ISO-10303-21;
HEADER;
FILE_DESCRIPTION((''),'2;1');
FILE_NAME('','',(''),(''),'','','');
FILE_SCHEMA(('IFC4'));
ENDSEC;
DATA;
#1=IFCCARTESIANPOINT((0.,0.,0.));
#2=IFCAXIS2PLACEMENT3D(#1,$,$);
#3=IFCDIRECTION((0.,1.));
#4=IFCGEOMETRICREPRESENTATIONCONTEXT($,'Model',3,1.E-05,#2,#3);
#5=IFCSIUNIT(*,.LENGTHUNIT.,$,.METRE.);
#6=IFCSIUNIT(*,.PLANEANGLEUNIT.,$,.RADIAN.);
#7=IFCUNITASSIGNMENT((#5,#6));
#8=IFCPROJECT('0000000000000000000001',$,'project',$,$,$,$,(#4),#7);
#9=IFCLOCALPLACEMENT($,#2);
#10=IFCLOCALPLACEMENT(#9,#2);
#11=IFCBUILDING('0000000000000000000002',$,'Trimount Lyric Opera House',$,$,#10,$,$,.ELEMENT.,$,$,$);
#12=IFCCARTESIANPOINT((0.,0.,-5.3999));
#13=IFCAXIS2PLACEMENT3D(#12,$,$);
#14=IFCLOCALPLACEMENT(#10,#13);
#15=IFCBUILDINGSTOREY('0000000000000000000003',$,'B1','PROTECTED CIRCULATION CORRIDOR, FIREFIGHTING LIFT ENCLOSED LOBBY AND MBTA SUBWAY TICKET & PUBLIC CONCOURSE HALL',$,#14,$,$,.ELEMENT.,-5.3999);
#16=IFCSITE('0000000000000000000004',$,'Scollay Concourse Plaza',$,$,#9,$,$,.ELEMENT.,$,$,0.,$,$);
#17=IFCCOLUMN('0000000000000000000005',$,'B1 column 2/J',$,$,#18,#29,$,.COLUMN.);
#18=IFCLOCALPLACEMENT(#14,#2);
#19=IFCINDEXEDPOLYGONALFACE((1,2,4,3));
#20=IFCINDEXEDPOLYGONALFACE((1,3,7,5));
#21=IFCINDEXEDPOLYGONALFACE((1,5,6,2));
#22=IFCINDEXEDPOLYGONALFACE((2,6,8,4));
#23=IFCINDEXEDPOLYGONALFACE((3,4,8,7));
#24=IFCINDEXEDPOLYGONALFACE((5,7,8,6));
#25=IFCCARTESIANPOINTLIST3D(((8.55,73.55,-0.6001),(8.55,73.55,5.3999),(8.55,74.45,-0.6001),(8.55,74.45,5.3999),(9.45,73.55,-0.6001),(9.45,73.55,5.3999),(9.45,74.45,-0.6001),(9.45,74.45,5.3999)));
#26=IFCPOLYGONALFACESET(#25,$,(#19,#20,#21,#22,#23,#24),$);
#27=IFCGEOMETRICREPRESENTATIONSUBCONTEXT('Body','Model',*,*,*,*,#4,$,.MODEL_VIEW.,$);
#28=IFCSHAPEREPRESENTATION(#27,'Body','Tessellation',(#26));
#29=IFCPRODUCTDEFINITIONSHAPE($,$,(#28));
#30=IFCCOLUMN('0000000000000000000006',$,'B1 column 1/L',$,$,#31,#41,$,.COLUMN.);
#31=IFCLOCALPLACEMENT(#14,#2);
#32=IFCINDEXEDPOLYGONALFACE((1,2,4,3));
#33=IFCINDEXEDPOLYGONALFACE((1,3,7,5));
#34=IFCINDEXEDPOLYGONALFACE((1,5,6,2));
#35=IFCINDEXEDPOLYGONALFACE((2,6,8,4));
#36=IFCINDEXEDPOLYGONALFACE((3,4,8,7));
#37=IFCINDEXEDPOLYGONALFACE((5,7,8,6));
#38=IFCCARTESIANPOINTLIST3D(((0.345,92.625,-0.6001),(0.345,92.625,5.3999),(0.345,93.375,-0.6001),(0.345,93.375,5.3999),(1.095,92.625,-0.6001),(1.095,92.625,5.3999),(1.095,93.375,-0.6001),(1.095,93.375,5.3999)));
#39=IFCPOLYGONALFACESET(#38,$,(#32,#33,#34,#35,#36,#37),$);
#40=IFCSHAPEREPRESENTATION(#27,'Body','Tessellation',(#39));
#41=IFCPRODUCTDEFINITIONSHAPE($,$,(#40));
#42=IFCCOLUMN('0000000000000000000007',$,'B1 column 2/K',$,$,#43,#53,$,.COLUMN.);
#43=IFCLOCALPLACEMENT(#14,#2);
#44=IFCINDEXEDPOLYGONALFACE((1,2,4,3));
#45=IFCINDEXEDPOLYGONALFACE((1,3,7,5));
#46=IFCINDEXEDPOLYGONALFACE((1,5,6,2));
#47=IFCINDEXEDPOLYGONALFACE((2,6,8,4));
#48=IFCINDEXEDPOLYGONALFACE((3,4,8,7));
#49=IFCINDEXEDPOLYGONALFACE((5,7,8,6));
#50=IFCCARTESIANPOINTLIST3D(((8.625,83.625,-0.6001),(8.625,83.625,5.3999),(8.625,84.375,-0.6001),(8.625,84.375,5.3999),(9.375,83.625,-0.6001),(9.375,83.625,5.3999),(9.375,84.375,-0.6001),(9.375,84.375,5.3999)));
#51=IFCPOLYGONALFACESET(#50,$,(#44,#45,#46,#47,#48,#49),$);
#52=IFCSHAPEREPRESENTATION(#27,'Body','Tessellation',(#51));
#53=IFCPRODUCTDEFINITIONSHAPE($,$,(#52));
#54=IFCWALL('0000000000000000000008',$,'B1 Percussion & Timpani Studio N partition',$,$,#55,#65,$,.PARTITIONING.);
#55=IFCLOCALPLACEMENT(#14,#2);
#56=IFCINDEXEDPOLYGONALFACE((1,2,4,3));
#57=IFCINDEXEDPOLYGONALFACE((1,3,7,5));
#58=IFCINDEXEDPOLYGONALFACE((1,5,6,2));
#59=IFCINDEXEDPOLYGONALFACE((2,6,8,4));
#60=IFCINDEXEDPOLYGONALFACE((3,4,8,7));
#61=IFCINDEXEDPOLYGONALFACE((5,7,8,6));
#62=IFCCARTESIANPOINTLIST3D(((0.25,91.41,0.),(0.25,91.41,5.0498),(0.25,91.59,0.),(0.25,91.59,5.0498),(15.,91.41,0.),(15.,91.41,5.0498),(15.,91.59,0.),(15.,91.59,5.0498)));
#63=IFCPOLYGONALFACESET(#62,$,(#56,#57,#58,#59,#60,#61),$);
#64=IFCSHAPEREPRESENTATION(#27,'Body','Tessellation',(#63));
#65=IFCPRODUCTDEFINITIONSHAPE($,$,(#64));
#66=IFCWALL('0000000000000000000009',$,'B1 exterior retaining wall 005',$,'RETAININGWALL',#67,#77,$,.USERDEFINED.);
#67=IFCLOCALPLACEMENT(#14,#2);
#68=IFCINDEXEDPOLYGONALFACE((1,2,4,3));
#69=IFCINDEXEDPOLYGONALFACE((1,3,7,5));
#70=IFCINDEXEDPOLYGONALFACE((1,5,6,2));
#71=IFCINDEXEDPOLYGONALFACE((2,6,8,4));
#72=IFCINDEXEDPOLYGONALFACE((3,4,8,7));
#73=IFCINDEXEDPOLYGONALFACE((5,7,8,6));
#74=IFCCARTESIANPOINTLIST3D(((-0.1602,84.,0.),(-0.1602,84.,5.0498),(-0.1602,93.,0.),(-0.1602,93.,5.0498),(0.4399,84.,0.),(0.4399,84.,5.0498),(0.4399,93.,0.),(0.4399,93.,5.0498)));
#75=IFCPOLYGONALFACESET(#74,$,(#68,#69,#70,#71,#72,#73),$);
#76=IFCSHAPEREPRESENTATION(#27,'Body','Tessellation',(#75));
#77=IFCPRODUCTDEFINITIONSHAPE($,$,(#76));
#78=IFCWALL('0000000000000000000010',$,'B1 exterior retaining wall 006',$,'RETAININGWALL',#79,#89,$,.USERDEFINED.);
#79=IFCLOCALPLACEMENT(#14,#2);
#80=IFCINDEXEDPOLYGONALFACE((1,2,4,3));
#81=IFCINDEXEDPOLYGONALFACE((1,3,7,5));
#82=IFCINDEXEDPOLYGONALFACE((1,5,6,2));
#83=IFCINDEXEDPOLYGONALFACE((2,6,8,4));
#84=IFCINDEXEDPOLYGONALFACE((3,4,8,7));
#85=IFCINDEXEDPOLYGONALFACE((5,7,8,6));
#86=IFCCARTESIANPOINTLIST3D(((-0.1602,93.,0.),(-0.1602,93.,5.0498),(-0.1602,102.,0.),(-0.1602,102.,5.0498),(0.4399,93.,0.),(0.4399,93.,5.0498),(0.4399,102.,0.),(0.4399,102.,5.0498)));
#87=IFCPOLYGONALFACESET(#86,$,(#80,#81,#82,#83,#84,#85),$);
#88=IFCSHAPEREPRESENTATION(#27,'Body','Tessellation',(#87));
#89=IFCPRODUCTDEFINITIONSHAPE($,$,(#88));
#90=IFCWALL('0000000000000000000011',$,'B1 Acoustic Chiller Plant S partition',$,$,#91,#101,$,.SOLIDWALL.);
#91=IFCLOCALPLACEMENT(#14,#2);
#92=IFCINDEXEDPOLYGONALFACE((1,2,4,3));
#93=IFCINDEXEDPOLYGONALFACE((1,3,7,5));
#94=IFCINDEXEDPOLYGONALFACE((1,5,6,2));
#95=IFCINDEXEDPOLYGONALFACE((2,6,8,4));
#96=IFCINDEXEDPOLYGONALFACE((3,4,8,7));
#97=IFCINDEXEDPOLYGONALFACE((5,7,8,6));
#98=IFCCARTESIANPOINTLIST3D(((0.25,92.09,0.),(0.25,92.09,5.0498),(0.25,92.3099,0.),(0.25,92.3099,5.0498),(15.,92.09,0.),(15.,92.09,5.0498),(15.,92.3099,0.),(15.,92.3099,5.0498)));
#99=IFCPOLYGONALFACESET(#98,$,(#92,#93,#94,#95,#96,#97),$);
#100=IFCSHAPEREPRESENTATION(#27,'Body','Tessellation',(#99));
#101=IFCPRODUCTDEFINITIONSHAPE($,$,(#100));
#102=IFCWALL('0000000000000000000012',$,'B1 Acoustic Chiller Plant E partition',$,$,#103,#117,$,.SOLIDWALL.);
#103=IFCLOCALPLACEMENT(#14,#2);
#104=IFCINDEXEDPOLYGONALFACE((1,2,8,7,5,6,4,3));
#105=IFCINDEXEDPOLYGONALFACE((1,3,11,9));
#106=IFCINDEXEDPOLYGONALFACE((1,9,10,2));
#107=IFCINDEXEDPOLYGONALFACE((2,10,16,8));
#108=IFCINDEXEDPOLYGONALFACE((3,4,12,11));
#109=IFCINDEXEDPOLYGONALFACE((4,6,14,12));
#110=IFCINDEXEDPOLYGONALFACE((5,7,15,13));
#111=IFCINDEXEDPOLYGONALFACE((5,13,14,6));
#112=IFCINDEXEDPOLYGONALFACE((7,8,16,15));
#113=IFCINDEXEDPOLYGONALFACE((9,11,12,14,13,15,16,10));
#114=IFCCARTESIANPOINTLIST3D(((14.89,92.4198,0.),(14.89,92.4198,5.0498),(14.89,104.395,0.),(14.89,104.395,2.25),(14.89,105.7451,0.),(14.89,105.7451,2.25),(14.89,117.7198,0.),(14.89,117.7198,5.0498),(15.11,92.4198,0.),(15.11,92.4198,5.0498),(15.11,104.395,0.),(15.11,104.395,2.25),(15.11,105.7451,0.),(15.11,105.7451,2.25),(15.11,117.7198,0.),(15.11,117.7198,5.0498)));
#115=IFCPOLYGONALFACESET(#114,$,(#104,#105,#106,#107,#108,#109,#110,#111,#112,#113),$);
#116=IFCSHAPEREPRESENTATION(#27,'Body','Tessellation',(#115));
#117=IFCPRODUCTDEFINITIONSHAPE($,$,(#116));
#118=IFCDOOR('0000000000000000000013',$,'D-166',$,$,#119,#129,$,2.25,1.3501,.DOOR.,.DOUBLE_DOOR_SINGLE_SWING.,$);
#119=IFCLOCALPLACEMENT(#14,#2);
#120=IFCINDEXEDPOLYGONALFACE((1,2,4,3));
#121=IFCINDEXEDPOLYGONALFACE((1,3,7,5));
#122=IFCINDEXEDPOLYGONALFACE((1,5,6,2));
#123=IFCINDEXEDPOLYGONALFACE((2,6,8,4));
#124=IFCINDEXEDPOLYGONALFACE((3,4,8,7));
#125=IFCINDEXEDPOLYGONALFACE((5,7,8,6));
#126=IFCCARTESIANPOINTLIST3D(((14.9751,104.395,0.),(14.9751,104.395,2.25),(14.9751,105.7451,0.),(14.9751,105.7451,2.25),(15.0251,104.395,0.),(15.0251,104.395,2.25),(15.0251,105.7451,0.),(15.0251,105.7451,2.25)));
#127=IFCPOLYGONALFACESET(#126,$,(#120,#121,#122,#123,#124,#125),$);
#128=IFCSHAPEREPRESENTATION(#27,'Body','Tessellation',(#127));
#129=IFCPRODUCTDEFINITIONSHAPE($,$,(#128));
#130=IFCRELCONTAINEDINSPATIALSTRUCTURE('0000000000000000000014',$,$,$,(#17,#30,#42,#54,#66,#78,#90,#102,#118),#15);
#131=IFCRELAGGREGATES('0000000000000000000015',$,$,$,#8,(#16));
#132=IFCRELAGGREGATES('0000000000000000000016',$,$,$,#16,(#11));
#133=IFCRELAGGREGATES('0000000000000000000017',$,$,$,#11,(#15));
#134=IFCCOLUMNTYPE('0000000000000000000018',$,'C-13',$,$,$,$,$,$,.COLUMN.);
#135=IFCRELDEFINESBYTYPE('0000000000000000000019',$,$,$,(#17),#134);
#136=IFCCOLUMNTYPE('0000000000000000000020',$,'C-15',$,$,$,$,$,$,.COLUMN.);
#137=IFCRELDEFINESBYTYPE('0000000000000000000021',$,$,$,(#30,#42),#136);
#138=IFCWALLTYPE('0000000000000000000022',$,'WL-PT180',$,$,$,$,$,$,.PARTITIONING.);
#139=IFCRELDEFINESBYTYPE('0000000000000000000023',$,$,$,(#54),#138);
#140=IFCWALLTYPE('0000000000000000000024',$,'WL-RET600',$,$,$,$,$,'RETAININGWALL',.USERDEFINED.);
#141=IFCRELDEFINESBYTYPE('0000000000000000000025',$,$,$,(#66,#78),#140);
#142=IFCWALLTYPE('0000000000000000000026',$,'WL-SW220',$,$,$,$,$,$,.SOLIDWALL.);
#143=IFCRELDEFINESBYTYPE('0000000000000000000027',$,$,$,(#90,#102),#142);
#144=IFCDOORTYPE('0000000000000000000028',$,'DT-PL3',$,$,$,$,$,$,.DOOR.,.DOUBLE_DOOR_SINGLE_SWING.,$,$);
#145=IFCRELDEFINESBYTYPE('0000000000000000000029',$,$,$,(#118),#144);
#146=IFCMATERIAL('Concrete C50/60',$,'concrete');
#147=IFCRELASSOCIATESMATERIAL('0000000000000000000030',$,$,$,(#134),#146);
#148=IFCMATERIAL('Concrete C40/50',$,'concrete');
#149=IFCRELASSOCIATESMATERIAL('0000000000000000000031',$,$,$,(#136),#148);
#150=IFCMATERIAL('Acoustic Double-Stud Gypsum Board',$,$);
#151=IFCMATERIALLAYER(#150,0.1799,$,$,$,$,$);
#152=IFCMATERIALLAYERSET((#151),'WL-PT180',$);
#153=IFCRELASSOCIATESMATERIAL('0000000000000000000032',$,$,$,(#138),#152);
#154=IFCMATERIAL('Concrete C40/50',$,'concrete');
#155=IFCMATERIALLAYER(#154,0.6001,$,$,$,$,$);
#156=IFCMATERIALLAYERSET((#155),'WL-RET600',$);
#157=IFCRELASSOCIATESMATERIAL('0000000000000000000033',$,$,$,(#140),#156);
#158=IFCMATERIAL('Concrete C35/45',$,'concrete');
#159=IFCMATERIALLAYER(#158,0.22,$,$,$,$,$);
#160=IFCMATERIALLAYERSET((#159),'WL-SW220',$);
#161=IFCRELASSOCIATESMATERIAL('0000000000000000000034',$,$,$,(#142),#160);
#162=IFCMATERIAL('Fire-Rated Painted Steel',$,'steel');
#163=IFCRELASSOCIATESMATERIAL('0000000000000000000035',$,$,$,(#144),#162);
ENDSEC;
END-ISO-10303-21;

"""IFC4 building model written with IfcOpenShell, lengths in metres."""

from ifc_helpers import new_model, si_unit, direction, frame, frame_2d, origin, origin_2d, place, context, subcontext, project, spatial, rectangle, extrude, material, layer, layer_set, material_profile, profile_set, type_object, element, fill, save


model = new_model("IFC4")

# Units and contexts
model_context = context("Model", 3, precision=1e-05, world=origin(), true_north=direction((0.0, 1.0)))
body_context = subcontext(model_context, "Body", "Model", "MODEL_VIEW")
ifc_project = project(units=[si_unit("LENGTHUNIT", "METRE"), si_unit("PLANEANGLEUNIT", "RADIAN")], contexts=[model_context])

# Site, building, storey
site_placement = place(None, origin())
site = spatial("IfcSite", under=ifc_project, at=site_placement, Name="Scollay Concourse Plaza", CompositionType="ELEMENT", RefElevation=0.0)
building_placement = place(site_placement, origin())
building = spatial("IfcBuilding", under=site, at=building_placement, Name="Trimount Lyric Opera House", CompositionType="ELEMENT")
storey_placement = place(building_placement, frame((0.0, 0.0, -5.3999)))
storey = spatial("IfcBuildingStorey", under=building, at=storey_placement, Name="B1", Description="PROTECTED CIRCULATION CORRIDOR, FIREFIGHTING LIFT ENCLOSED LOBBY AND MBTA SUBWAY TICKET & PUBLIC CONCOURSE HALL", CompositionType="ELEMENT", Elevation=-5.3999)

# Columns
ifc_material_1 = material(Name="Concrete C50/60", Category="concrete")
ifc_material_profile_1 = material_profile(ifc_material_1, rectangle(XDim=0.8999, YDim=0.8999, at=origin_2d()), Name="RC900X900")
ifc_profile_set_1 = profile_set([ifc_material_profile_1], Name="Concrete C50/60")
column_type_1 = type_object("IfcColumnType", Name="C-13", PredefinedType="COLUMN", material=ifc_profile_set_1)
for number, where, z_axis, x_axis, name in (
    (1, (9.0, 74.0, -0.6001), (0.0, 0.0, 1.0), (1.0, 0.0, 0.0), "B1 column 2/J"),
):
    element("IfcColumn", number, at=place(storey_placement, frame(where, z_axis=z_axis, x_axis=x_axis)), inside=storey, type_object=column_type_1, Name=name, PredefinedType="COLUMN", context=body_context, shape_type="SweptSolid", body=[
        extrude(rectangle(XDim=0.8999, YDim=0.8999, at=origin_2d()), origin(), (0.0, 0.0, 1.0), 6.0),
    ])
ifc_material_2 = material(Name="Concrete C40/50", Category="concrete")
ifc_material_profile_2 = material_profile(ifc_material_2, rectangle(XDim=0.75, YDim=0.75, at=origin_2d()), Name="RC750X750")
ifc_profile_set_2 = profile_set([ifc_material_profile_2], Name="Concrete C40/50")
column_type_2 = type_object("IfcColumnType", Name="C-15", PredefinedType="COLUMN", material=ifc_profile_set_2)
for number, where, z_axis, x_axis, name in (
    (2, (0.72, 93.0, -0.6001), (0.0, 0.0, 1.0), (1.0, 0.0, 0.0), "B1 column 1/L"),
    (3, (9.0, 84.0, -0.6001), (0.0, 0.0, 1.0), (1.0, 0.0, 0.0), "B1 column 2/K"),
):
    element("IfcColumn", number, at=place(storey_placement, frame(where, z_axis=z_axis, x_axis=x_axis)), inside=storey, type_object=column_type_2, Name=name, PredefinedType="COLUMN", context=body_context, shape_type="SweptSolid", body=[
        extrude(rectangle(XDim=0.75, YDim=0.75, at=origin_2d()), origin(), (0.0, 0.0, 1.0), 6.0),
    ])

# Walls
ifc_material_3 = material(Name="Acoustic Double-Stud Gypsum Board")
ifc_layer_1 = layer(ifc_material_3, 0.1799)
ifc_layer_set_1 = layer_set([ifc_layer_1], Name="WL-PT180")
wall_type_1 = type_object("IfcWallType", Name="WL-PT180", PredefinedType="PARTITIONING", material=ifc_layer_set_1)
wall_1_placement = place(storey_placement, frame((15.0, 91.5, 0.0), z_axis=(0.0, 0.0, 1.0), x_axis=(-1.0, 0.0, 0.0)))
element("IfcWall", 4, at=wall_1_placement, inside=storey, type_object=wall_type_1, Name="B1 Percussion & Timpani Studio N partition", PredefinedType="PARTITIONING", context=body_context, shape_type="SweptSolid", body=[
    extrude(rectangle(XDim=14.75, YDim=0.1799, at=frame_2d((7.375, 0.0))), origin(), (0.0, 0.0, 1.0), 5.0498),
])
ifc_material_4 = material(Name="Concrete C40/50", Category="concrete")
ifc_layer_2 = layer(ifc_material_4, 0.6001)
ifc_layer_set_2 = layer_set([ifc_layer_2], Name="WL-RET600")
wall_type_2 = type_object("IfcWallType", Name="WL-RET600", ElementType="RETAININGWALL", PredefinedType="USERDEFINED", material=ifc_layer_set_2)
for number, where, z_axis, x_axis, name in (
    (5, (0.1399, 84.0, 0.0), (0.0, 0.0, 1.0), (0.0, 1.0, 0.0), "B1 exterior retaining wall 005"),
    (6, (0.1399, 93.0, 0.0), (0.0, 0.0, 1.0), (0.0, 1.0, 0.0), "B1 exterior retaining wall 006"),
):
    element("IfcWall", number, at=place(storey_placement, frame(where, z_axis=z_axis, x_axis=x_axis)), inside=storey, type_object=wall_type_2, Name=name, ObjectType="RETAININGWALL", PredefinedType="USERDEFINED", context=body_context, shape_type="SweptSolid", body=[
        extrude(rectangle(XDim=9.0, YDim=0.6001, at=frame_2d((4.5, 0.0))), origin(), (0.0, 0.0, 1.0), 5.0498),
    ])
ifc_material_5 = material(Name="Concrete C35/45", Category="concrete")
ifc_layer_3 = layer(ifc_material_5, 0.22)
ifc_layer_set_3 = layer_set([ifc_layer_3], Name="WL-SW220")
wall_type_3 = type_object("IfcWallType", Name="WL-SW220", PredefinedType="SOLIDWALL", material=ifc_layer_set_3)
wall_2_placement = place(storey_placement, frame((0.25, 92.2, 0.0), z_axis=(0.0, 0.0, 1.0), x_axis=(1.0, 0.0, 0.0)))
element("IfcWall", 7, at=wall_2_placement, inside=storey, type_object=wall_type_3, Name="B1 Acoustic Chiller Plant S partition", PredefinedType="SOLIDWALL", context=body_context, shape_type="SweptSolid", body=[
    extrude(rectangle(XDim=14.75, YDim=0.22, at=frame_2d((7.375, 0.0))), origin(), (0.0, 0.0, 1.0), 5.0498),
])

# Wall, opening, door
wall_3_placement = place(storey_placement, frame((15.0, 92.4199, 0.0), z_axis=(0.0, 0.0, 1.0), x_axis=(0.0, 1.0, 0.0)))
wall_3 = element("IfcWall", 8, at=wall_3_placement, inside=storey, type_object=wall_type_3, Name="B1 Acoustic Chiller Plant E partition", PredefinedType="SOLIDWALL", context=body_context, shape_type="SweptSolid", body=[
    extrude(rectangle(XDim=25.3, YDim=0.22, at=frame_2d((12.6499, 0.0))), origin(), (0.0, 0.0, 1.0), 5.0498),
])
opening_placement = place(wall_3_placement, frame((11.9751, 0.0, 0.0)))
opening = element("IfcOpeningElement", 9, at=opening_placement, cuts=wall_3, PredefinedType="OPENING", context=body_context, shape_type="SweptSolid", body=[
    extrude(rectangle(XDim=1.3501, YDim=2.25, at=frame_2d((0.675, 1.125))), frame((0.0, 0.1201, 0.0), z_axis=(0.0, -1.0, 0.0), x_axis=(1.0, 0.0, 0.0)), (0.0, 0.0, 1.0), 0.24),
])
ifc_material_6 = material(Name="Fire-Rated Painted Steel", Category="steel")
door_type = type_object("IfcDoorType", Name="DT-PL3", OperationType="DOUBLE_DOOR_SINGLE_SWING", PredefinedType="DOOR", material=ifc_material_6)
door_placement = place(opening_placement, origin())
door = element("IfcDoor", 10, at=door_placement, inside=storey, type_object=door_type, Name="D-166", OperationType="DOUBLE_DOOR_SINGLE_SWING", OverallHeight=2.25, OverallWidth=1.3501, PredefinedType="DOOR", context=body_context, shape_type="SweptSolid", body=[
    extrude(rectangle(XDim=1.3501, YDim=2.25, at=frame_2d((0.675, 1.125))), frame((0.0, 0.0249, 0.0), z_axis=(0.0, -1.0, 0.0), x_axis=(1.0, 0.0, 0.0)), (0.0, 0.0, 1.0), 0.05),
])
fill(opening, door)

save(model, "model.ifc")
